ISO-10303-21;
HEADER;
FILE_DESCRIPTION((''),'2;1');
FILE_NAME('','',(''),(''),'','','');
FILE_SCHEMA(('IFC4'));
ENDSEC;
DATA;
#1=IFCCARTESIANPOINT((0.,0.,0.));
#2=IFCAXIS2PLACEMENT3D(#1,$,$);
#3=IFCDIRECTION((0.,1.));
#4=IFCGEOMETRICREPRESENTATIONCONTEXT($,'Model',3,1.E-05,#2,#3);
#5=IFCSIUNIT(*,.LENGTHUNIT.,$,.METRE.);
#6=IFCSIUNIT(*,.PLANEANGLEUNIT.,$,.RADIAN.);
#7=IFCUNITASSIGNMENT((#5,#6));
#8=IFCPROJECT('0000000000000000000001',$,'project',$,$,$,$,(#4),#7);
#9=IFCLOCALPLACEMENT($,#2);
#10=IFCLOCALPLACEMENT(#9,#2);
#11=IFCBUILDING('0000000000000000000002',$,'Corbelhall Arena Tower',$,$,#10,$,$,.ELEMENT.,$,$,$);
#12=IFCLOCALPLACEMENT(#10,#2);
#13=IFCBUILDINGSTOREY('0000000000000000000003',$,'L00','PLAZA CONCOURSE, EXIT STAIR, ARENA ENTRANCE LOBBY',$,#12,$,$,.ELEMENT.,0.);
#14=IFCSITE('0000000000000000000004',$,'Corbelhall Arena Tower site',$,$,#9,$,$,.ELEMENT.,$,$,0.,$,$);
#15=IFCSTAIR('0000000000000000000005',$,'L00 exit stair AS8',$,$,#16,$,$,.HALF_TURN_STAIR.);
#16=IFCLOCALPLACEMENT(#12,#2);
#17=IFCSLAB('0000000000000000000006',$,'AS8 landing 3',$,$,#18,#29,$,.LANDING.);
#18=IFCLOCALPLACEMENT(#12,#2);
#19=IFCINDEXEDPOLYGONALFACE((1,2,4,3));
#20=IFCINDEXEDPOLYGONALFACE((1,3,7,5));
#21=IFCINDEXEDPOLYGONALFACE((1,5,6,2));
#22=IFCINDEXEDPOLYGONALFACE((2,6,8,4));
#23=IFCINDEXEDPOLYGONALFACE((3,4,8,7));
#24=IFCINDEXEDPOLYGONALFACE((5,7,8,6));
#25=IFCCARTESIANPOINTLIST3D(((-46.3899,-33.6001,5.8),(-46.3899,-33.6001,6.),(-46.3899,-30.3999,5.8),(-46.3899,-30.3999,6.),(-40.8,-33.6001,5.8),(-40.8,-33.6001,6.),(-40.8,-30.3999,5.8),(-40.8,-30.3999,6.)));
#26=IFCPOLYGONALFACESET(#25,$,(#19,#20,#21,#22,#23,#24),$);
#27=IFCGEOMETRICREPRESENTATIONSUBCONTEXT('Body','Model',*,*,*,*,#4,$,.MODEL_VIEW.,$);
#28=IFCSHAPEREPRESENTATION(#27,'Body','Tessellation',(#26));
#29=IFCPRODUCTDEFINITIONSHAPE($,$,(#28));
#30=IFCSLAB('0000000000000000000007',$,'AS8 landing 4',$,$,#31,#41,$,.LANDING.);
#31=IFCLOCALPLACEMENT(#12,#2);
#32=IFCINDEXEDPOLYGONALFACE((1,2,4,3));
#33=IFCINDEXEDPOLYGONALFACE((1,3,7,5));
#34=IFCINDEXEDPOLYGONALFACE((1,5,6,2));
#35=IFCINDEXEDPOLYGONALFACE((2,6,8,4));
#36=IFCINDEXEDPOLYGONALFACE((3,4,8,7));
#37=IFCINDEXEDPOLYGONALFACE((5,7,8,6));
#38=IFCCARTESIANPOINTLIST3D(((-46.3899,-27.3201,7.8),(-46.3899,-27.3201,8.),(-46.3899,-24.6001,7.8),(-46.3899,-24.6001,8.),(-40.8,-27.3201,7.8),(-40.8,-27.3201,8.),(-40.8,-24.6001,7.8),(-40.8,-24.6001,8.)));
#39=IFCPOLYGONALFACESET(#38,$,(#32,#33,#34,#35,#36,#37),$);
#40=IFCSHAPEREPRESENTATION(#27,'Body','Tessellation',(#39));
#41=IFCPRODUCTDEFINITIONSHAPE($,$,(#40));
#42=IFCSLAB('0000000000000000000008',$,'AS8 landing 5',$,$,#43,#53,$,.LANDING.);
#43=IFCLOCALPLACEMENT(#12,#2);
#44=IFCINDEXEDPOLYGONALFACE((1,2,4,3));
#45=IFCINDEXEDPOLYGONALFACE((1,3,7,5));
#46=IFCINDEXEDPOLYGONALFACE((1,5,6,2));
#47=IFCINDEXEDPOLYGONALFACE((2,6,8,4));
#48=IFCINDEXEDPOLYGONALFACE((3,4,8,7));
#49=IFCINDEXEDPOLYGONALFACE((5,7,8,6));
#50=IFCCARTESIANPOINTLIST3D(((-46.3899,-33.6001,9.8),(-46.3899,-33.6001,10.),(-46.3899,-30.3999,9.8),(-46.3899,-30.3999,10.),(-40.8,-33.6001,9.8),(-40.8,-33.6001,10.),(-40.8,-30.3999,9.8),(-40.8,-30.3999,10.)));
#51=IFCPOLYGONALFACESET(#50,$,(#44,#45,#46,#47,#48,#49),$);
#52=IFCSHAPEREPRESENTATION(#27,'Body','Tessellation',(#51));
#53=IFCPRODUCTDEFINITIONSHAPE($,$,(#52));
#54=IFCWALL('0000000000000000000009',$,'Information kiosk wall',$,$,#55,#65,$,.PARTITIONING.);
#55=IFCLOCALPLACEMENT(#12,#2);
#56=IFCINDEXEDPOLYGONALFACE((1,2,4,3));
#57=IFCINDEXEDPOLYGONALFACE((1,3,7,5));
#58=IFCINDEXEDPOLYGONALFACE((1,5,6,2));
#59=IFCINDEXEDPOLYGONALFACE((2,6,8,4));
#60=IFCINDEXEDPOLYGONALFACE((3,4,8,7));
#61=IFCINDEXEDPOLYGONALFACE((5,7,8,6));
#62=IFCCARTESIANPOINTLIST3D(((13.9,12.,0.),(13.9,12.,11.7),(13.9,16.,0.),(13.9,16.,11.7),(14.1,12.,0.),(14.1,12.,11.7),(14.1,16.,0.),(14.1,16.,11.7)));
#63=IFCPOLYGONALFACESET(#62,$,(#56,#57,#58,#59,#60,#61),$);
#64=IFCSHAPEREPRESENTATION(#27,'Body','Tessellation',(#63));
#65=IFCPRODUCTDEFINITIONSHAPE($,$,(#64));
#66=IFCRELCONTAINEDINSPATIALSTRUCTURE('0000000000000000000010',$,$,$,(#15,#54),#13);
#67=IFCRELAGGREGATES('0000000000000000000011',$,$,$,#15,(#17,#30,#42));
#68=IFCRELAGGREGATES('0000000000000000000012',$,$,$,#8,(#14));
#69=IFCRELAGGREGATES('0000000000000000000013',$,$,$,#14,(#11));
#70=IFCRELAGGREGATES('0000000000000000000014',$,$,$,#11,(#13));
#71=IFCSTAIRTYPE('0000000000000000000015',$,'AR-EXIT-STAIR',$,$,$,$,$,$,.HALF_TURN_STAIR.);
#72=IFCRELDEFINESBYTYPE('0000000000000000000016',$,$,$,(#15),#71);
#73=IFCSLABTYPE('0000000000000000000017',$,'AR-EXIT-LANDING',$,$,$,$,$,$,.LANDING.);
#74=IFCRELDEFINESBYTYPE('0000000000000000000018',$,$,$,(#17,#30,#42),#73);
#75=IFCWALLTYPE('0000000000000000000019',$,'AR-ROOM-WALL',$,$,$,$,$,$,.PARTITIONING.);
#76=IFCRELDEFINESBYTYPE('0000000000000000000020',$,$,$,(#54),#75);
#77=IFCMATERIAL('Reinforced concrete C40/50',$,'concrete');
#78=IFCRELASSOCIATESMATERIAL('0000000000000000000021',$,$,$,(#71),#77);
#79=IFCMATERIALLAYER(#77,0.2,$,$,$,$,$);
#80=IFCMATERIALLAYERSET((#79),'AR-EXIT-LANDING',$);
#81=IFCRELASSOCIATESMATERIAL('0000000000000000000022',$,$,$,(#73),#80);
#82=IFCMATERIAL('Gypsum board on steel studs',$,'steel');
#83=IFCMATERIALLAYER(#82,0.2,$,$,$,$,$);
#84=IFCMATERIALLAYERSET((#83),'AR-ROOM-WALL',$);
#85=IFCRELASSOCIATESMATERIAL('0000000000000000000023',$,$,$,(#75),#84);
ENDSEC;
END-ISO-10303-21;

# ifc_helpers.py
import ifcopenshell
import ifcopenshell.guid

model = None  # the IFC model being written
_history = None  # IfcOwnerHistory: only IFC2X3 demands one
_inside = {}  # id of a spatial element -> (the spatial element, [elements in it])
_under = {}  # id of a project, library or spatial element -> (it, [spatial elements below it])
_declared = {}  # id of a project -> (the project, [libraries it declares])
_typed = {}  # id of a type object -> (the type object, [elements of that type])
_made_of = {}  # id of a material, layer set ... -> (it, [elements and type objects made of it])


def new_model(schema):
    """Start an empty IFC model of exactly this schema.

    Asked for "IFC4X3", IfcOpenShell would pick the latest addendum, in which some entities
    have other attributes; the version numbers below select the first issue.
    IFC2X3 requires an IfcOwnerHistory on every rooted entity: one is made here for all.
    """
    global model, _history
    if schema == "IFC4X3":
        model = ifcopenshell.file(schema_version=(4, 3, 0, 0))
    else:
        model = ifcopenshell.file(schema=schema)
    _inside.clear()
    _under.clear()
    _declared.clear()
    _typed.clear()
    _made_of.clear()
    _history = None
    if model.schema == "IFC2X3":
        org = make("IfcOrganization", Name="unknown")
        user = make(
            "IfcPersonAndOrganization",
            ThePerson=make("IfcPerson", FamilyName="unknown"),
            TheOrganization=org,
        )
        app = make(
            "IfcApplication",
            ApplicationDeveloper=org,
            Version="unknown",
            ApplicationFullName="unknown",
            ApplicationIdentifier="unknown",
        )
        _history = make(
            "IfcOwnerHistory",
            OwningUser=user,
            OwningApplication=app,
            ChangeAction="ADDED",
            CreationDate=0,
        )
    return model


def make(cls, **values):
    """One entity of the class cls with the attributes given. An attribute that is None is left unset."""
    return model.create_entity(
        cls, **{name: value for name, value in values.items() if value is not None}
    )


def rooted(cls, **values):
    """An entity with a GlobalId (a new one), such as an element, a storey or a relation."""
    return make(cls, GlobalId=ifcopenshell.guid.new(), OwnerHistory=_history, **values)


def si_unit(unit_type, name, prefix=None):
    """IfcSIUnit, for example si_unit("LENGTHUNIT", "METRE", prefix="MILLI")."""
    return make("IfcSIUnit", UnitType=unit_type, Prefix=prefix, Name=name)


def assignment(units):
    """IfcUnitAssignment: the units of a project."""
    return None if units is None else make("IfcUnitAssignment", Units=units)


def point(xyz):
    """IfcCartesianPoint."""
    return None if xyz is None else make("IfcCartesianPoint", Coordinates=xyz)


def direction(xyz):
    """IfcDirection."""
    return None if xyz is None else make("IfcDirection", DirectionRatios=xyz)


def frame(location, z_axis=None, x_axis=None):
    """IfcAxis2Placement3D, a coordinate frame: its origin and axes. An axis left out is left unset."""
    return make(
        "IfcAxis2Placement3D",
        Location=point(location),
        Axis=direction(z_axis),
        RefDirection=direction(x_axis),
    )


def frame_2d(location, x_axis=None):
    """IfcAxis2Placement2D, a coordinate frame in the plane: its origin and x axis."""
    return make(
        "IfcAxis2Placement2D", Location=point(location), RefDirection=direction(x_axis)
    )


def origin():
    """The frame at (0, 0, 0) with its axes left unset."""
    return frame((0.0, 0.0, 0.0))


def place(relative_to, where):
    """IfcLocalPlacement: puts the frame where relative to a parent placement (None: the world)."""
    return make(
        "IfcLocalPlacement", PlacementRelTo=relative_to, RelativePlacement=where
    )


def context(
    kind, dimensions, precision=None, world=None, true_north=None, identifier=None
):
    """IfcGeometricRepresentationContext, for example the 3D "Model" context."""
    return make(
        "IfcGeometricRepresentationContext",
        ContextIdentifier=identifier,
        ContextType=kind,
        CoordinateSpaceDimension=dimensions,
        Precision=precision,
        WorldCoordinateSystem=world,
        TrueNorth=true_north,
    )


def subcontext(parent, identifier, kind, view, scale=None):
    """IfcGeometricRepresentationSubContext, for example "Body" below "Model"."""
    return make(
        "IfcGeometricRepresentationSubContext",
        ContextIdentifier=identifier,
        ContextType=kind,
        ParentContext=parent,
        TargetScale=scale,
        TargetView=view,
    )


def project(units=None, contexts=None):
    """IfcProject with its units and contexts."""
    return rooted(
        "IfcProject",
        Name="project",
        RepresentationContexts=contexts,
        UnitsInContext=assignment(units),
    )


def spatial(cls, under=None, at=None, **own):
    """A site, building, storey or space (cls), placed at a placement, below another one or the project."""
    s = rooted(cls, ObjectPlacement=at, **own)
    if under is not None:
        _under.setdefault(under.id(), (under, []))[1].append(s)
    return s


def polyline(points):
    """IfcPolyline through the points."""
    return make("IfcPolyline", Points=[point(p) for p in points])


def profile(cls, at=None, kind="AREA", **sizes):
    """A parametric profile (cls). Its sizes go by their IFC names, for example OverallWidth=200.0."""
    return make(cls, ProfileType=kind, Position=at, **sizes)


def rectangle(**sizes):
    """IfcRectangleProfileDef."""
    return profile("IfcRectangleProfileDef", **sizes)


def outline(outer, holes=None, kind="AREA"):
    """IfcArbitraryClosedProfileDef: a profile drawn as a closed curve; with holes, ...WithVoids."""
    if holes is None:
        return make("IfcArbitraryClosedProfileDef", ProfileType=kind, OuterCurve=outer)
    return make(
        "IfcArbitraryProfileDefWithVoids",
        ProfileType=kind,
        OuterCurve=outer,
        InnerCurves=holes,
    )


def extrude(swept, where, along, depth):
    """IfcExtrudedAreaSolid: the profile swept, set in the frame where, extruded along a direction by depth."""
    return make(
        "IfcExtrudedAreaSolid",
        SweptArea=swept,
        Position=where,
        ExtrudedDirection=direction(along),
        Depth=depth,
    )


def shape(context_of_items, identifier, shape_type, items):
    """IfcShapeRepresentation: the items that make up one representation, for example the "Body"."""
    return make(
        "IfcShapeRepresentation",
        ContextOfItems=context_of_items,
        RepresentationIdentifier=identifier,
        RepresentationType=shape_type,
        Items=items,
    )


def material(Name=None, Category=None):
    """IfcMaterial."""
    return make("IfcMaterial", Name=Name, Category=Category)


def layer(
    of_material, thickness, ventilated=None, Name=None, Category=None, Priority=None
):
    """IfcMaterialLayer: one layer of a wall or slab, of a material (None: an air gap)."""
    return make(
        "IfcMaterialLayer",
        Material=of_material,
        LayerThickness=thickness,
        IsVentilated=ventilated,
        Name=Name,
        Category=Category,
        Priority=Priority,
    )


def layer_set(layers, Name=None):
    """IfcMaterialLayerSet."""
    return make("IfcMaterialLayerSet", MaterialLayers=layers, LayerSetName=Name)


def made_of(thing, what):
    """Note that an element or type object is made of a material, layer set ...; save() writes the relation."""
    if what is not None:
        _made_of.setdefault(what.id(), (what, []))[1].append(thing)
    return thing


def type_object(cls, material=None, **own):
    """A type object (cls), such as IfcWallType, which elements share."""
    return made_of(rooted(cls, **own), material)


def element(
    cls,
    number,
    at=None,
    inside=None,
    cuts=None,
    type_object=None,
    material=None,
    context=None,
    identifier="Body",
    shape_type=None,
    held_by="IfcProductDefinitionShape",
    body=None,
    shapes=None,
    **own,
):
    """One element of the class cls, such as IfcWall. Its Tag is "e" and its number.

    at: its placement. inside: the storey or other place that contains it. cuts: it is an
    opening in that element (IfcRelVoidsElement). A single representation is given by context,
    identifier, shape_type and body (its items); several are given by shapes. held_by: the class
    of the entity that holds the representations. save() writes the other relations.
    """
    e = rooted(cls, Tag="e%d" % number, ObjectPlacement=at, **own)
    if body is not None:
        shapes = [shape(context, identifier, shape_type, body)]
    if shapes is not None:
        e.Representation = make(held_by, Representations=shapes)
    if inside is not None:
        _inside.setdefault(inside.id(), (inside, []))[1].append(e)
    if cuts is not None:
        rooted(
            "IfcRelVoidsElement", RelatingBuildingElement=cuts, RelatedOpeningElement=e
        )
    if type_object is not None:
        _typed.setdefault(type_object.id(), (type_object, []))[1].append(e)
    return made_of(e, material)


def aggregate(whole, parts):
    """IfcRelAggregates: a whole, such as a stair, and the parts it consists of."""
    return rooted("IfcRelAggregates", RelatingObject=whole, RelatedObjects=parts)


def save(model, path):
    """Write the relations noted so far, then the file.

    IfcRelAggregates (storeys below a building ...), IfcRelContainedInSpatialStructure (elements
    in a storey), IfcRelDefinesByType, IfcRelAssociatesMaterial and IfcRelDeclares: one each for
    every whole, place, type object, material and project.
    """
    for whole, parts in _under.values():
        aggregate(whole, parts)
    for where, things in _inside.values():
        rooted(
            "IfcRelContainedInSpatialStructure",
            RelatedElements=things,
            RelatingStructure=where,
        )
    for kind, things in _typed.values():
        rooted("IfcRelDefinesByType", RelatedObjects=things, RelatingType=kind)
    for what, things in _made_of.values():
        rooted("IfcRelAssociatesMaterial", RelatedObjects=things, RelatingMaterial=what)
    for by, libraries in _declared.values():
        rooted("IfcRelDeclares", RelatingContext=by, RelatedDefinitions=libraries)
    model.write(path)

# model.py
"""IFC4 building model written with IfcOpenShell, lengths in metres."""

from ifc_helpers import new_model, si_unit, direction, frame, frame_2d, origin, place, context, subcontext, project, spatial, polyline, rectangle, outline, extrude, material, layer, layer_set, type_object, element, aggregate, save


model = new_model("IFC4")

# Units and contexts
model_context = context("Model", 3, precision=1e-05, world=origin(), true_north=direction((0.0, 1.0)))
body_context = subcontext(model_context, "Body", "Model", "MODEL_VIEW")
ifc_project = project(units=[si_unit("LENGTHUNIT", "METRE"), si_unit("PLANEANGLEUNIT", "RADIAN")], contexts=[model_context])

# Site, building, storey
site_placement = place(None, origin())
site = spatial("IfcSite", under=ifc_project, at=site_placement, Name="Corbelhall Arena Tower site", CompositionType="ELEMENT", RefElevation=0.0)
building_placement = place(site_placement, origin())
building = spatial("IfcBuilding", under=site, at=building_placement, Name="Corbelhall Arena Tower", CompositionType="ELEMENT")
storey_placement = place(building_placement, origin())
storey = spatial("IfcBuildingStorey", under=building, at=storey_placement, Name="L00", Description="PLAZA CONCOURSE, EXIT STAIR, ARENA ENTRANCE LOBBY", CompositionType="ELEMENT", Elevation=0.0)

# Shared definitions
ifc_material_1 = material(Name="Reinforced concrete C40/50", Category="concrete")
stair_type = type_object("IfcStairType", Name="AR-EXIT-STAIR", PredefinedType="HALF_TURN_STAIR", material=ifc_material_1)
ifc_layer_1 = layer(ifc_material_1, 0.2)
ifc_layer_set_1 = layer_set([ifc_layer_1], Name="AR-EXIT-LANDING")
slab_type = type_object("IfcSlabType", Name="AR-EXIT-LANDING", PredefinedType="LANDING", material=ifc_layer_set_1)

# Stair, slabs
stair_1_placement = place(storey_placement, origin())
stair_1 = element("IfcStair", 1, at=stair_1_placement, inside=storey, type_object=stair_type, Name="L00 exit stair AS8", PredefinedType="HALF_TURN_STAIR")
slab_1_placement = place(storey_placement, frame((0.0, 0.0, 5.8)))
slab_1 = element("IfcSlab", 2, at=slab_1_placement, type_object=slab_type, Name="AS8 landing 3", PredefinedType="LANDING", context=body_context, shape_type="SweptSolid", body=[
    extrude(outline(polyline([(-46.3899, -30.3999), (-46.3899, -33.6001), (-40.8, -33.6001), (-40.8, -30.3999), (-46.3899, -30.3999)])), origin(), (0.0, 0.0, 1.0), 0.2),
])
slab_2_placement = place(storey_placement, frame((0.0, 0.0, 7.8)))
slab_2 = element("IfcSlab", 3, at=slab_2_placement, type_object=slab_type, Name="AS8 landing 4", PredefinedType="LANDING", context=body_context, shape_type="SweptSolid", body=[
    extrude(outline(polyline([(-46.3899, -24.6001), (-46.3899, -27.3201), (-40.8, -27.3201), (-40.8, -24.6001), (-46.3899, -24.6001)])), origin(), (0.0, 0.0, 1.0), 0.2),
])
slab_3_placement = place(storey_placement, frame((0.0, 0.0, 9.8)))
slab_3 = element("IfcSlab", 4, at=slab_3_placement, type_object=slab_type, Name="AS8 landing 5", PredefinedType="LANDING", context=body_context, shape_type="SweptSolid", body=[
    extrude(outline(polyline([(-46.3899, -30.3999), (-46.3899, -33.6001), (-40.8, -33.6001), (-40.8, -30.3999), (-46.3899, -30.3999)])), origin(), (0.0, 0.0, 1.0), 0.2),
])
aggregate(stair_1, [slab_1, slab_2, slab_3])

# Shared definitions
ifc_material_2 = material(Name="Gypsum board on steel studs", Category="steel")
ifc_layer_2 = layer(ifc_material_2, 0.2)
ifc_layer_set_2 = layer_set([ifc_layer_2], Name="AR-ROOM-WALL")
wall_type = type_object("IfcWallType", Name="AR-ROOM-WALL", PredefinedType="PARTITIONING", material=ifc_layer_set_2)

# Wall
wall_1_placement = place(storey_placement, frame((14.0, 12.0, 0.0), z_axis=(0.0, 0.0, 1.0), x_axis=(0.0, 1.0, 0.0)))
element("IfcWall", 5, at=wall_1_placement, inside=storey, type_object=wall_type, Name="Information kiosk wall", PredefinedType="PARTITIONING", context=body_context, shape_type="SweptSolid", body=[
    extrude(rectangle(XDim=4.0, YDim=0.2, at=frame_2d((2.0, 0.0))), origin(), (0.0, 0.0, 1.0), 11.7),
])

save(model, "model.ifc")
